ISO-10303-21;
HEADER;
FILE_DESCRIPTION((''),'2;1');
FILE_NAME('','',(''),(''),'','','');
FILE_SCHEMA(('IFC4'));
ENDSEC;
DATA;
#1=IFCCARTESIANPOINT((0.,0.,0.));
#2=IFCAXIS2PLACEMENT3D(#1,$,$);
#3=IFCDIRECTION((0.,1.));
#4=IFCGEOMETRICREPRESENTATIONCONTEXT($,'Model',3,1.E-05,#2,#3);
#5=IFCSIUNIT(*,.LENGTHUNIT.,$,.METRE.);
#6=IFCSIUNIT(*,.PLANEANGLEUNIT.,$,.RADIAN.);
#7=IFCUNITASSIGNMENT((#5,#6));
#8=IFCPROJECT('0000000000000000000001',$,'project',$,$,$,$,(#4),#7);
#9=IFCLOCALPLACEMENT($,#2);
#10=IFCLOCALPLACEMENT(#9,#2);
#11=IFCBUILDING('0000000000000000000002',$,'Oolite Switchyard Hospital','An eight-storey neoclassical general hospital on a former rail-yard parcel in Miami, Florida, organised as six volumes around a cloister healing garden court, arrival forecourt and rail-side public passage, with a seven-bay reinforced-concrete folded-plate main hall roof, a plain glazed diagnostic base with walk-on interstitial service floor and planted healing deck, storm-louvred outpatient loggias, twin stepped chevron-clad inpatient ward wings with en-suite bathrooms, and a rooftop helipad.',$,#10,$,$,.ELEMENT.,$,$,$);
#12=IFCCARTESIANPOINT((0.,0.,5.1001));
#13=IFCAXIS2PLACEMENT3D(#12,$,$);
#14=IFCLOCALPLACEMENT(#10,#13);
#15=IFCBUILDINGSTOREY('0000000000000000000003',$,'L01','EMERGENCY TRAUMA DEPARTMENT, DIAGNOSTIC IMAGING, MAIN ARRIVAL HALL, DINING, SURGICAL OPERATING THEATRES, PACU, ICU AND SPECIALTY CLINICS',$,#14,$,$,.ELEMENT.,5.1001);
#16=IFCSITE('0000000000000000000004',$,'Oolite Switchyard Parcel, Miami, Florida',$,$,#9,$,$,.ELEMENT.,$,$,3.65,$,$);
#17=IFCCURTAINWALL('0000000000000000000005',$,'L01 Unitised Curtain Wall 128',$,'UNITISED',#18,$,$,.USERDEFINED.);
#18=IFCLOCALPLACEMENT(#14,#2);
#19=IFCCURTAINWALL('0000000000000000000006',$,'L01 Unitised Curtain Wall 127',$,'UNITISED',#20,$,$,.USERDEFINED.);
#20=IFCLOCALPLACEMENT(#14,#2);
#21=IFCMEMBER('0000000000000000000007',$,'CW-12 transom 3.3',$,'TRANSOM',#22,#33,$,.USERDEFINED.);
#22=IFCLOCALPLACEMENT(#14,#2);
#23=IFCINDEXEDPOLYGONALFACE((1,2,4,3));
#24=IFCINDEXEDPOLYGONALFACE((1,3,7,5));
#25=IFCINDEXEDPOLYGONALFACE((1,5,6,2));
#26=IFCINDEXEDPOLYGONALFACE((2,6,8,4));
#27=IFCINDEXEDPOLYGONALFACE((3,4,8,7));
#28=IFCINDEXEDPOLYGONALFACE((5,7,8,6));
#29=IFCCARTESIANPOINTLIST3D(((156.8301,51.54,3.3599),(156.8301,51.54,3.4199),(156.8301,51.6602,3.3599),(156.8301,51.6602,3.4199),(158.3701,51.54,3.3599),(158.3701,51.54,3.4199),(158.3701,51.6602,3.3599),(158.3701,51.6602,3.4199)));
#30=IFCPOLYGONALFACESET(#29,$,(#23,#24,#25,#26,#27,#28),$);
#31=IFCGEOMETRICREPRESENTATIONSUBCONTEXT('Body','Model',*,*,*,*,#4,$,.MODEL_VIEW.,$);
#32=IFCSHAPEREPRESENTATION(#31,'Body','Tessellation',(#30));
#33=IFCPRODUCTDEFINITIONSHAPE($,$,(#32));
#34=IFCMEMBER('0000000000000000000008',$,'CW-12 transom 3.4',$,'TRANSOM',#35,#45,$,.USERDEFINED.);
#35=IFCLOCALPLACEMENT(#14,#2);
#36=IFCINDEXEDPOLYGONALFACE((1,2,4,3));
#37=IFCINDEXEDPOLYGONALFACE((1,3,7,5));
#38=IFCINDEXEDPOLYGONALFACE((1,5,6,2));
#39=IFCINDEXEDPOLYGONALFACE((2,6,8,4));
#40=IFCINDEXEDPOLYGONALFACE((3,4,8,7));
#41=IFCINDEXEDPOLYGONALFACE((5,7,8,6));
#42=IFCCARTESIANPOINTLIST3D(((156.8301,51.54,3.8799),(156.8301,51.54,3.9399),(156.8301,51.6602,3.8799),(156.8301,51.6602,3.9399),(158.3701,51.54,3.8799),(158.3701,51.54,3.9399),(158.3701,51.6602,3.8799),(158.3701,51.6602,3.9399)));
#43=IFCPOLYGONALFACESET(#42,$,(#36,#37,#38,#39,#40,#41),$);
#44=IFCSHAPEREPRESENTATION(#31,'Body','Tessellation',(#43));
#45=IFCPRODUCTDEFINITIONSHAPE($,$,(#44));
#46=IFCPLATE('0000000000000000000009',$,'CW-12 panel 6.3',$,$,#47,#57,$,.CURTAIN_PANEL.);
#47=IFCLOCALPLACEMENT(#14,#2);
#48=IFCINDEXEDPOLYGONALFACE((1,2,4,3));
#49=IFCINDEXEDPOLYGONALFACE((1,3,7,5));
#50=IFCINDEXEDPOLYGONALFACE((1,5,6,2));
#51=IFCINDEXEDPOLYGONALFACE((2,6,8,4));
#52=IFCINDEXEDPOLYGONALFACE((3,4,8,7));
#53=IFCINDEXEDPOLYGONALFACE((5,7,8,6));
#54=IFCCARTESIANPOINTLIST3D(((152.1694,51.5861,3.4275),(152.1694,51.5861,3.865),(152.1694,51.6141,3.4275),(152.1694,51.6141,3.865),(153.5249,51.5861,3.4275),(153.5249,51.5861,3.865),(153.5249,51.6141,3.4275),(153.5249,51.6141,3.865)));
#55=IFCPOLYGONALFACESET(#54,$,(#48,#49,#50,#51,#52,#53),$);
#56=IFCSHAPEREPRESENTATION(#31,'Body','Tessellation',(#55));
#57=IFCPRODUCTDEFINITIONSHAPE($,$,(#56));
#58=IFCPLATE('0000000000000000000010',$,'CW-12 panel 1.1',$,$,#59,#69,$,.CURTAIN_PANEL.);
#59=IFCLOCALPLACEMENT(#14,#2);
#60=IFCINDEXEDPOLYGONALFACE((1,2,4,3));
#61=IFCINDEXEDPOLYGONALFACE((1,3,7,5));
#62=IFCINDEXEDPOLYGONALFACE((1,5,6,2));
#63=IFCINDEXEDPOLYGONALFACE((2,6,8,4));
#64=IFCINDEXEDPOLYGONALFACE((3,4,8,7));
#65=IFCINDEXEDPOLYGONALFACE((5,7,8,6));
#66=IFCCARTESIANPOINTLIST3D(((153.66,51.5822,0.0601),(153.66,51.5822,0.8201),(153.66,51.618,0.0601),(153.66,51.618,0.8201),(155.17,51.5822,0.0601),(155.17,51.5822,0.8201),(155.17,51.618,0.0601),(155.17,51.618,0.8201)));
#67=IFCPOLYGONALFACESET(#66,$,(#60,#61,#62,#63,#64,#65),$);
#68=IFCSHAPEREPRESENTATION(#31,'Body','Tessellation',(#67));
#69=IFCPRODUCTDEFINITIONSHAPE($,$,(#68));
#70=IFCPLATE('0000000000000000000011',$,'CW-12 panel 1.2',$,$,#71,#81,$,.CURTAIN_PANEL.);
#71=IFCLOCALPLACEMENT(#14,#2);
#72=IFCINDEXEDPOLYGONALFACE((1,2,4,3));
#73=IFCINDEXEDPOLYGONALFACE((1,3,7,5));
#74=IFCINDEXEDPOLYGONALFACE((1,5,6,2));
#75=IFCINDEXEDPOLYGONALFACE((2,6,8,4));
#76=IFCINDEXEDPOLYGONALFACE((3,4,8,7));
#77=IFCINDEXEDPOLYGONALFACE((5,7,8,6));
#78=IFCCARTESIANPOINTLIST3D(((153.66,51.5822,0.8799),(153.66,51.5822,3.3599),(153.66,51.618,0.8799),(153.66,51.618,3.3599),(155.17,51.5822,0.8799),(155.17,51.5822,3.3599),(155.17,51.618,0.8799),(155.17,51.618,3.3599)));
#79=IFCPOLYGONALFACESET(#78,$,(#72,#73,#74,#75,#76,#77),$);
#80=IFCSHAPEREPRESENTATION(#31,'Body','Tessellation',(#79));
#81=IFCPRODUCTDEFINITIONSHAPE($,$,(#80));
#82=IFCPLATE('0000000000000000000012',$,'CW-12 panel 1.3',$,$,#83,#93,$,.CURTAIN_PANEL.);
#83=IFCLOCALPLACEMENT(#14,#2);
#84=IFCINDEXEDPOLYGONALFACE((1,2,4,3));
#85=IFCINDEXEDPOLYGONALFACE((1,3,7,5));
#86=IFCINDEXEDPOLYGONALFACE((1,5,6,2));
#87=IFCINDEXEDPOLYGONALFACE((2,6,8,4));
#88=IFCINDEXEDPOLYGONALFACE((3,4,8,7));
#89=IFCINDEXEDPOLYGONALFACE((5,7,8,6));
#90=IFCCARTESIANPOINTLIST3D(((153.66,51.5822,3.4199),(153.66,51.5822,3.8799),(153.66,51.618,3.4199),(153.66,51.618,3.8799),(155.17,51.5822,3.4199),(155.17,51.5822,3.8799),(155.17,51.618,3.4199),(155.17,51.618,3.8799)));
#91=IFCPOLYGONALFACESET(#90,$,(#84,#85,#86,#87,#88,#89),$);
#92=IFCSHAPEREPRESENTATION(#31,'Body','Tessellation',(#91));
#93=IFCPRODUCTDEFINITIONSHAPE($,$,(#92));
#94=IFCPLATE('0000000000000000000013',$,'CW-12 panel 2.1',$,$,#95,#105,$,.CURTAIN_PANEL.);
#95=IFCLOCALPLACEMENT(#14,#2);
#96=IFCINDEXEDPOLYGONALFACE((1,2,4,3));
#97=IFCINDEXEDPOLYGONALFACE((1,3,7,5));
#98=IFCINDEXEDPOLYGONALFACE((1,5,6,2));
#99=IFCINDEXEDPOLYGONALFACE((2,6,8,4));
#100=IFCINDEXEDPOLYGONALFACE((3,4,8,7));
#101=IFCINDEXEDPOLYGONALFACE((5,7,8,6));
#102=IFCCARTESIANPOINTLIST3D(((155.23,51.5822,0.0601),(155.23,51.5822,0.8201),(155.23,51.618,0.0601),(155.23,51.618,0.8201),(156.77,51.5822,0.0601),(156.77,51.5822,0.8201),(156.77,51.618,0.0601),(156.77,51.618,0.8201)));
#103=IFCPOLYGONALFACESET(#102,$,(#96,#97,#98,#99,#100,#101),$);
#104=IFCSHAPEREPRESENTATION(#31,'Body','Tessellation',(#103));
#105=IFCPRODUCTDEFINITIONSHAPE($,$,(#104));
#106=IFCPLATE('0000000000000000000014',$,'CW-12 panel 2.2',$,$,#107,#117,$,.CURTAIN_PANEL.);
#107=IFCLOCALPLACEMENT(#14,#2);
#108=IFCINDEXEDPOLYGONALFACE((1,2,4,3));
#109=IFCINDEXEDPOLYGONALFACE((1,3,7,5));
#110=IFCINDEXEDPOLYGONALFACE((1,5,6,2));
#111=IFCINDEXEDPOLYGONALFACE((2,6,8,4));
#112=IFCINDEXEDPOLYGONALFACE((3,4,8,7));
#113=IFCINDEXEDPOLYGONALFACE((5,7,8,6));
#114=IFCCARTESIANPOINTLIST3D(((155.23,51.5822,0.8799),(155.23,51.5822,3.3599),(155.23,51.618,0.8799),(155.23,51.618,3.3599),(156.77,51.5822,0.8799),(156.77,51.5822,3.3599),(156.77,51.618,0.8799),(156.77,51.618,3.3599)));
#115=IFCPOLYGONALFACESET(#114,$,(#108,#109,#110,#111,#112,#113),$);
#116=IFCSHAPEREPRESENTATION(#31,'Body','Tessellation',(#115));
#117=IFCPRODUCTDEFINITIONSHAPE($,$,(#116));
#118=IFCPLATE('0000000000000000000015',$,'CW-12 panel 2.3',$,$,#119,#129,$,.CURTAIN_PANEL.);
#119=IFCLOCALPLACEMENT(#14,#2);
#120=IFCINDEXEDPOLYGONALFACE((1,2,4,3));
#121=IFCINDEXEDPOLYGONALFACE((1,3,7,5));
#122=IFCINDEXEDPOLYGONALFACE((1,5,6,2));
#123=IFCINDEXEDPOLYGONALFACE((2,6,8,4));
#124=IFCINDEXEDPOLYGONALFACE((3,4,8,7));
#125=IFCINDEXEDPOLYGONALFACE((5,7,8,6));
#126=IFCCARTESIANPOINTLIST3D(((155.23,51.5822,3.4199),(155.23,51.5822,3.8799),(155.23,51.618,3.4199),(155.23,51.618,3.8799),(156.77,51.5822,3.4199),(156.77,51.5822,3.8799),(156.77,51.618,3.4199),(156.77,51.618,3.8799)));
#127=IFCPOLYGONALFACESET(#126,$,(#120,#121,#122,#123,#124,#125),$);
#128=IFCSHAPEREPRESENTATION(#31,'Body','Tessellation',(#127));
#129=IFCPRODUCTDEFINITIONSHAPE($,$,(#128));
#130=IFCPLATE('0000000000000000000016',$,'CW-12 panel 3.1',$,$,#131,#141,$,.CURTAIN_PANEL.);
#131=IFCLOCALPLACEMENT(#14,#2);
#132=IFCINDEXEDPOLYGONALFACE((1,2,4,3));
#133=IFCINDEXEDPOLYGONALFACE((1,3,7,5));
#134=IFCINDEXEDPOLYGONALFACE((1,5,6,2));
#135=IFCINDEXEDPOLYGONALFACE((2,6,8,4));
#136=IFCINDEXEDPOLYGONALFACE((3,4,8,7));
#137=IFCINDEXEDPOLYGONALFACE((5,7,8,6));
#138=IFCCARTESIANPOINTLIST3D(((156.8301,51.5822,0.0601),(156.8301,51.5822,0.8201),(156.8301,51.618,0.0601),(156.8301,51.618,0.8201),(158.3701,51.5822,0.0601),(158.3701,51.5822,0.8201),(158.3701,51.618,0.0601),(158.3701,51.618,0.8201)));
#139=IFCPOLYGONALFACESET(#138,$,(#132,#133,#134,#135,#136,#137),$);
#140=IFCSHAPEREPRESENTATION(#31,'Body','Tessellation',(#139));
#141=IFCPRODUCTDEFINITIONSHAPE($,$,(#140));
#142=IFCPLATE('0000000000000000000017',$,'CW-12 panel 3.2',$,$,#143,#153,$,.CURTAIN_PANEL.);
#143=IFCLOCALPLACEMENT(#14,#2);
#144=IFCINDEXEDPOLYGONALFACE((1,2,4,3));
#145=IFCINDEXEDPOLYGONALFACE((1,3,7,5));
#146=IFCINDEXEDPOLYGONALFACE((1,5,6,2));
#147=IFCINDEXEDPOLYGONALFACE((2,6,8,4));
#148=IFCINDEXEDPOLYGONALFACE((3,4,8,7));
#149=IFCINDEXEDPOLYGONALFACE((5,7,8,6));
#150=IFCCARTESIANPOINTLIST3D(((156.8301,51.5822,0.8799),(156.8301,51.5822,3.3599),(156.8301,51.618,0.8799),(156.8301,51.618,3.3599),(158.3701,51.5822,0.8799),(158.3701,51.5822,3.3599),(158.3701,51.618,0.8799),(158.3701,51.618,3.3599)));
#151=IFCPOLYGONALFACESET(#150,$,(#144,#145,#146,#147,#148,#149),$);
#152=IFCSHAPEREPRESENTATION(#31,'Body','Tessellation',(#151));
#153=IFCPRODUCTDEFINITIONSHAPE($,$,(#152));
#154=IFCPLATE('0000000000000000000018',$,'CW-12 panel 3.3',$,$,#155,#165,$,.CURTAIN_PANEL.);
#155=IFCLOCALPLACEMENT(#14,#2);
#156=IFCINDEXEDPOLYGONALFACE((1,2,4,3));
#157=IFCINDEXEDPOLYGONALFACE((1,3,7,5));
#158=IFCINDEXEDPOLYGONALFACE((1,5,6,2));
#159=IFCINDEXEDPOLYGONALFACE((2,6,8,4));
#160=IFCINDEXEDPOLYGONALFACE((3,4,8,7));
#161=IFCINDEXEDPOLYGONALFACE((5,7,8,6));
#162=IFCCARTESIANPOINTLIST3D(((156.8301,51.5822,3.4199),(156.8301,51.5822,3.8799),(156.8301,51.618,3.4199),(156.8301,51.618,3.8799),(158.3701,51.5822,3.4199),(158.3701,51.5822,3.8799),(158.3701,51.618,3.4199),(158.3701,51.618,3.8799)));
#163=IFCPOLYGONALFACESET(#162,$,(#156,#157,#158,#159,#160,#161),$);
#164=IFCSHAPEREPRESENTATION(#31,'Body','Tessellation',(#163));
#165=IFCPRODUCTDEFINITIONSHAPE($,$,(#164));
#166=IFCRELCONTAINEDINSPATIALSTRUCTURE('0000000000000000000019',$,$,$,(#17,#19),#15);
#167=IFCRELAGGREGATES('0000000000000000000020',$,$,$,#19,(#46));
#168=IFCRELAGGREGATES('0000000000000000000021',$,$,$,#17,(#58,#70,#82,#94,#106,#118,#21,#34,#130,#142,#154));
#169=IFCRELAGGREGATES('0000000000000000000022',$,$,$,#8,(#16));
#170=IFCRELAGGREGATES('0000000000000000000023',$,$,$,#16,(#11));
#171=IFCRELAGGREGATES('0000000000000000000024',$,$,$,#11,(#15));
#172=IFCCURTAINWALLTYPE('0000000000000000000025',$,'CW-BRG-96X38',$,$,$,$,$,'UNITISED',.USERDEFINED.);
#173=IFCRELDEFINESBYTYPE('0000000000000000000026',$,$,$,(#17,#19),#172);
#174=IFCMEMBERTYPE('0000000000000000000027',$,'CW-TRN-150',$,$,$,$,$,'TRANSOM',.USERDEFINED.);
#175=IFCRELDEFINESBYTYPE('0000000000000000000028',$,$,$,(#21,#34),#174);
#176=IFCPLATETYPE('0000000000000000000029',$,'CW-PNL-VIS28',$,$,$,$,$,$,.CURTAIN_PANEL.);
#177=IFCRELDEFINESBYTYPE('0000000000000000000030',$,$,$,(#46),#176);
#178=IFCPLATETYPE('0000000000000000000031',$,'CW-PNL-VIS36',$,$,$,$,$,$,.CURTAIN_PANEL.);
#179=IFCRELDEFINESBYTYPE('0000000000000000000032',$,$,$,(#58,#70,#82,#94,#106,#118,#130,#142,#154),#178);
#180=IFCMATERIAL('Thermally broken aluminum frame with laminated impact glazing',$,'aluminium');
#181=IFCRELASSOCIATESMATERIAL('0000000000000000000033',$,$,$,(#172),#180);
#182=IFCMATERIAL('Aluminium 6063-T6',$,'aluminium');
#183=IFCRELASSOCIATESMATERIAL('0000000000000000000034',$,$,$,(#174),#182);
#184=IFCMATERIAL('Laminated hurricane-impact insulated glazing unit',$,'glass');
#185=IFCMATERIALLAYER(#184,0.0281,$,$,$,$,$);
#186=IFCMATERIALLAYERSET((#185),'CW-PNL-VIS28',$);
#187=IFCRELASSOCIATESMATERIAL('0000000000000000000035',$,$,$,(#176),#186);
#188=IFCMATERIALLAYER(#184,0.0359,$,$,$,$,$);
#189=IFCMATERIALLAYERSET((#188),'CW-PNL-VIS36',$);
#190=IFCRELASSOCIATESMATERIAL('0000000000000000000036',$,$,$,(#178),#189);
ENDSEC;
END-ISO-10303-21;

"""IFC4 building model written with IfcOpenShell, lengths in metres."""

from ifc_helpers import new_model, si_unit, direction, frame, origin, origin_2d, place, context, subcontext, project, spatial, rectangle, extrude, material, layer, layer_set, material_profile, profile_set, type_object, element, aggregate, save


model = new_model("IFC4")

# Units and contexts
model_context = context("Model", 3, precision=1e-05, world=origin(), true_north=direction((0.0, 1.0)))
body_context = subcontext(model_context, "Body", "Model", "MODEL_VIEW")
ifc_project = project(units=[si_unit("LENGTHUNIT", "METRE"), si_unit("PLANEANGLEUNIT", "RADIAN")], contexts=[model_context])

# Site, building, storey
site_placement = place(None, origin())
site = spatial("IfcSite", under=ifc_project, at=site_placement, Name="Oolite Switchyard Parcel, Miami, Florida", CompositionType="ELEMENT", RefElevation=3.65)
building_placement = place(site_placement, origin())
building = spatial("IfcBuilding", under=site, at=building_placement, Name="Oolite Switchyard Hospital", Description="An eight-storey neoclassical general hospital on a former rail-yard parcel in Miami, Florida, organised as six volumes around a cloister healing garden court, arrival forecourt and rail-side public passage, with a seven-bay reinforced-concrete folded-plate main hall roof, a plain glazed diagnostic base with walk-on interstitial service floor and planted healing deck, storm-louvred outpatient loggias, twin stepped chevron-clad inpatient ward wings with en-suite bathrooms, and a rooftop helipad.", CompositionType="ELEMENT")
storey_placement = place(building_placement, frame((0.0, 0.0, 5.1001)))
storey = spatial("IfcBuildingStorey", under=building, at=storey_placement, Name="L01", Description="EMERGENCY TRAUMA DEPARTMENT, DIAGNOSTIC IMAGING, MAIN ARRIVAL HALL, DINING, SURGICAL OPERATING THEATRES, PACU, ICU AND SPECIALTY CLINICS", CompositionType="ELEMENT", Elevation=5.1001)

# Curtain wall
ifc_material_1 = material(Name="Thermally broken aluminum frame with laminated impact glazing", Category="aluminium")
curtain_wall_type = type_object("IfcCurtainWallType", Name="CW-BRG-96X38", ElementType="UNITISED", PredefinedType="USERDEFINED", material=ifc_material_1)
curtain_wall_1_placement = place(storey_placement, origin())
curtain_wall_1 = element("IfcCurtainWall", 1, at=curtain_wall_1_placement, inside=storey, type_object=curtain_wall_type, Name="L01 Unitised Curtain Wall 128", ObjectType="UNITISED", PredefinedType="USERDEFINED")
ifc_material_2 = material(Name="Aluminium 6063-T6", Category="aluminium")

# Curtain wall
curtain_wall_2_placement = place(storey_placement, origin())
curtain_wall_2 = element("IfcCurtainWall", 2, at=curtain_wall_2_placement, inside=storey, type_object=curtain_wall_type, Name="L01 Unitised Curtain Wall 127", ObjectType="UNITISED", PredefinedType="USERDEFINED")

# Members
ifc_material_profile_1 = material_profile(ifc_material_2, rectangle(XDim=0.1201, YDim=0.0601, at=origin_2d()), Name="CWT60X120")
ifc_profile_set_1 = profile_set([ifc_material_profile_1], Name="Aluminium 6063-T6")
member_type_1 = type_object("IfcMemberType", Name="CW-TRN-150", ElementType="TRANSOM", PredefinedType="USERDEFINED", material=ifc_profile_set_1)
member_1_placement = place(storey_placement, frame((156.8301, 51.6001, 3.3899), z_axis=(1.0, 0.0, 0.0), x_axis=(0.0, 1.0, 0.0)))
member_1 = element("IfcMember", 3, at=member_1_placement, type_object=member_type_1, Name="CW-12 transom 3.3", ObjectType="TRANSOM", PredefinedType="USERDEFINED", context=body_context, shape_type="SweptSolid", body=[
    extrude(rectangle(XDim=0.1201, YDim=0.0601, at=origin_2d()), origin(), (0.0, 0.0, 1.0), 1.54),
])
member_2_placement = place(storey_placement, frame((156.8301, 51.6001, 3.9099), z_axis=(1.0, 0.0, 0.0), x_axis=(0.0, 1.0, 0.0)))
member_2 = element("IfcMember", 4, at=member_2_placement, type_object=member_type_1, Name="CW-12 transom 3.4", ObjectType="TRANSOM", PredefinedType="USERDEFINED", context=body_context, shape_type="SweptSolid", body=[
    extrude(rectangle(XDim=0.1201, YDim=0.0601, at=origin_2d()), origin(), (0.0, 0.0, 1.0), 1.54),
])

# Plates
ifc_material_3 = material(Name="Laminated hurricane-impact insulated glazing unit", Category="glass")
ifc_layer_1 = layer(ifc_material_3, 0.0281)
ifc_layer_set_1 = layer_set([ifc_layer_1], Name="CW-PNL-VIS28")
plate_type_1 = type_object("IfcPlateType", Name="CW-PNL-VIS28", PredefinedType="CURTAIN_PANEL", material=ifc_layer_set_1)
plate_1_placement = place(storey_placement, frame((152.8472, 51.6001, 3.4275), z_axis=(0.0, 0.0, 1.0), x_axis=(1.0, 0.0, 0.0)))
plate_1 = element("IfcPlate", 5, at=plate_1_placement, type_object=plate_type_1, Name="CW-12 panel 6.3", PredefinedType="CURTAIN_PANEL", context=body_context, shape_type="SweptSolid", body=[
    extrude(rectangle(XDim=1.3555, YDim=0.0281, at=origin_2d()), origin(), (0.0, 0.0, 1.0), 0.4375),
])
aggregate(curtain_wall_2, [plate_1])
ifc_layer_2 = layer(ifc_material_3, 0.0359)
ifc_layer_set_2 = layer_set([ifc_layer_2], Name="CW-PNL-VIS36")
plate_type_2 = type_object("IfcPlateType", Name="CW-PNL-VIS36", PredefinedType="CURTAIN_PANEL", material=ifc_layer_set_2)
plate_2_placement = place(storey_placement, frame((154.415, 51.6001, 0.0601), z_axis=(0.0, 0.0, 1.0), x_axis=(1.0, 0.0, 0.0)))
plate_2 = element("IfcPlate", 6, at=plate_2_placement, type_object=plate_type_2, Name="CW-12 panel 1.1", PredefinedType="CURTAIN_PANEL", context=body_context, shape_type="SweptSolid", body=[
    extrude(rectangle(XDim=1.51, YDim=0.0359, at=origin_2d()), origin(), (0.0, 0.0, 1.0), 0.76),
])
plate_3_placement = place(storey_placement, frame((154.415, 51.6001, 0.8799), z_axis=(0.0, 0.0, 1.0), x_axis=(1.0, 0.0, 0.0)))
plate_3 = element("IfcPlate", 7, at=plate_3_placement, type_object=plate_type_2, Name="CW-12 panel 1.2", PredefinedType="CURTAIN_PANEL", context=body_context, shape_type="SweptSolid", body=[
    extrude(rectangle(XDim=1.51, YDim=0.0359, at=origin_2d()), origin(), (0.0, 0.0, 1.0), 2.48),
])
plate_4_placement = place(storey_placement, frame((154.415, 51.6001, 3.4199), z_axis=(0.0, 0.0, 1.0), x_axis=(1.0, 0.0, 0.0)))
plate_4 = element("IfcPlate", 8, at=plate_4_placement, type_object=plate_type_2, Name="CW-12 panel 1.3", PredefinedType="CURTAIN_PANEL", context=body_context, shape_type="SweptSolid", body=[
    extrude(rectangle(XDim=1.51, YDim=0.0359, at=origin_2d()), origin(), (0.0, 0.0, 1.0), 0.46),
])
plate_5_placement = place(storey_placement, frame((156.0, 51.6001, 0.0601), z_axis=(0.0, 0.0, 1.0), x_axis=(1.0, 0.0, 0.0)))
plate_5 = element("IfcPlate", 9, at=plate_5_placement, type_object=plate_type_2, Name="CW-12 panel 2.1", PredefinedType="CURTAIN_PANEL", context=body_context, shape_type="SweptSolid", body=[
    extrude(rectangle(XDim=1.54, YDim=0.0359, at=origin_2d()), origin(), (0.0, 0.0, 1.0), 0.76),
])
plate_6_placement = place(storey_placement, frame((156.0, 51.6001, 0.8799), z_axis=(0.0, 0.0, 1.0), x_axis=(1.0, 0.0, 0.0)))
plate_6 = element("IfcPlate", 10, at=plate_6_placement, type_object=plate_type_2, Name="CW-12 panel 2.2", PredefinedType="CURTAIN_PANEL", context=body_context, shape_type="SweptSolid", body=[
    extrude(rectangle(XDim=1.54, YDim=0.0359, at=origin_2d()), origin(), (0.0, 0.0, 1.0), 2.48),
])
plate_7_placement = place(storey_placement, frame((156.0, 51.6001, 3.4199), z_axis=(0.0, 0.0, 1.0), x_axis=(1.0, 0.0, 0.0)))
plate_7 = element("IfcPlate", 11, at=plate_7_placement, type_object=plate_type_2, Name="CW-12 panel 2.3", PredefinedType="CURTAIN_PANEL", context=body_context, shape_type="SweptSolid", body=[
    extrude(rectangle(XDim=1.54, YDim=0.0359, at=origin_2d()), origin(), (0.0, 0.0, 1.0), 0.46),
])
plate_8_placement = place(storey_placement, frame((157.6001, 51.6001, 0.0601), z_axis=(0.0, 0.0, 1.0), x_axis=(1.0, 0.0, 0.0)))
plate_8 = element("IfcPlate", 12, at=plate_8_placement, type_object=plate_type_2, Name="CW-12 panel 3.1", PredefinedType="CURTAIN_PANEL", context=body_context, shape_type="SweptSolid", body=[
    extrude(rectangle(XDim=1.54, YDim=0.0359, at=origin_2d()), origin(), (0.0, 0.0, 1.0), 0.76),
])
plate_9_placement = place(storey_placement, frame((157.6001, 51.6001, 0.8799), z_axis=(0.0, 0.0, 1.0), x_axis=(1.0, 0.0, 0.0)))
plate_9 = element("IfcPlate", 13, at=plate_9_placement, type_object=plate_type_2, Name="CW-12 panel 3.2", PredefinedType="CURTAIN_PANEL", context=body_context, shape_type="SweptSolid", body=[
    extrude(rectangle(XDim=1.54, YDim=0.0359, at=origin_2d()), origin(), (0.0, 0.0, 1.0), 2.48),
])
plate_10_placement = place(storey_placement, frame((157.6001, 51.6001, 3.4199), z_axis=(0.0, 0.0, 1.0), x_axis=(1.0, 0.0, 0.0)))
plate_10 = element("IfcPlate", 14, at=plate_10_placement, type_object=plate_type_2, Name="CW-12 panel 3.3", PredefinedType="CURTAIN_PANEL", context=body_context, shape_type="SweptSolid", body=[
    extrude(rectangle(XDim=1.54, YDim=0.0359, at=origin_2d()), origin(), (0.0, 0.0, 1.0), 0.46),
])
aggregate(curtain_wall_1, [plate_2, plate_3, plate_4, plate_5, plate_6, plate_7, member_1, member_2, plate_8, plate_9, plate_10])

save(model, "model.ifc")
